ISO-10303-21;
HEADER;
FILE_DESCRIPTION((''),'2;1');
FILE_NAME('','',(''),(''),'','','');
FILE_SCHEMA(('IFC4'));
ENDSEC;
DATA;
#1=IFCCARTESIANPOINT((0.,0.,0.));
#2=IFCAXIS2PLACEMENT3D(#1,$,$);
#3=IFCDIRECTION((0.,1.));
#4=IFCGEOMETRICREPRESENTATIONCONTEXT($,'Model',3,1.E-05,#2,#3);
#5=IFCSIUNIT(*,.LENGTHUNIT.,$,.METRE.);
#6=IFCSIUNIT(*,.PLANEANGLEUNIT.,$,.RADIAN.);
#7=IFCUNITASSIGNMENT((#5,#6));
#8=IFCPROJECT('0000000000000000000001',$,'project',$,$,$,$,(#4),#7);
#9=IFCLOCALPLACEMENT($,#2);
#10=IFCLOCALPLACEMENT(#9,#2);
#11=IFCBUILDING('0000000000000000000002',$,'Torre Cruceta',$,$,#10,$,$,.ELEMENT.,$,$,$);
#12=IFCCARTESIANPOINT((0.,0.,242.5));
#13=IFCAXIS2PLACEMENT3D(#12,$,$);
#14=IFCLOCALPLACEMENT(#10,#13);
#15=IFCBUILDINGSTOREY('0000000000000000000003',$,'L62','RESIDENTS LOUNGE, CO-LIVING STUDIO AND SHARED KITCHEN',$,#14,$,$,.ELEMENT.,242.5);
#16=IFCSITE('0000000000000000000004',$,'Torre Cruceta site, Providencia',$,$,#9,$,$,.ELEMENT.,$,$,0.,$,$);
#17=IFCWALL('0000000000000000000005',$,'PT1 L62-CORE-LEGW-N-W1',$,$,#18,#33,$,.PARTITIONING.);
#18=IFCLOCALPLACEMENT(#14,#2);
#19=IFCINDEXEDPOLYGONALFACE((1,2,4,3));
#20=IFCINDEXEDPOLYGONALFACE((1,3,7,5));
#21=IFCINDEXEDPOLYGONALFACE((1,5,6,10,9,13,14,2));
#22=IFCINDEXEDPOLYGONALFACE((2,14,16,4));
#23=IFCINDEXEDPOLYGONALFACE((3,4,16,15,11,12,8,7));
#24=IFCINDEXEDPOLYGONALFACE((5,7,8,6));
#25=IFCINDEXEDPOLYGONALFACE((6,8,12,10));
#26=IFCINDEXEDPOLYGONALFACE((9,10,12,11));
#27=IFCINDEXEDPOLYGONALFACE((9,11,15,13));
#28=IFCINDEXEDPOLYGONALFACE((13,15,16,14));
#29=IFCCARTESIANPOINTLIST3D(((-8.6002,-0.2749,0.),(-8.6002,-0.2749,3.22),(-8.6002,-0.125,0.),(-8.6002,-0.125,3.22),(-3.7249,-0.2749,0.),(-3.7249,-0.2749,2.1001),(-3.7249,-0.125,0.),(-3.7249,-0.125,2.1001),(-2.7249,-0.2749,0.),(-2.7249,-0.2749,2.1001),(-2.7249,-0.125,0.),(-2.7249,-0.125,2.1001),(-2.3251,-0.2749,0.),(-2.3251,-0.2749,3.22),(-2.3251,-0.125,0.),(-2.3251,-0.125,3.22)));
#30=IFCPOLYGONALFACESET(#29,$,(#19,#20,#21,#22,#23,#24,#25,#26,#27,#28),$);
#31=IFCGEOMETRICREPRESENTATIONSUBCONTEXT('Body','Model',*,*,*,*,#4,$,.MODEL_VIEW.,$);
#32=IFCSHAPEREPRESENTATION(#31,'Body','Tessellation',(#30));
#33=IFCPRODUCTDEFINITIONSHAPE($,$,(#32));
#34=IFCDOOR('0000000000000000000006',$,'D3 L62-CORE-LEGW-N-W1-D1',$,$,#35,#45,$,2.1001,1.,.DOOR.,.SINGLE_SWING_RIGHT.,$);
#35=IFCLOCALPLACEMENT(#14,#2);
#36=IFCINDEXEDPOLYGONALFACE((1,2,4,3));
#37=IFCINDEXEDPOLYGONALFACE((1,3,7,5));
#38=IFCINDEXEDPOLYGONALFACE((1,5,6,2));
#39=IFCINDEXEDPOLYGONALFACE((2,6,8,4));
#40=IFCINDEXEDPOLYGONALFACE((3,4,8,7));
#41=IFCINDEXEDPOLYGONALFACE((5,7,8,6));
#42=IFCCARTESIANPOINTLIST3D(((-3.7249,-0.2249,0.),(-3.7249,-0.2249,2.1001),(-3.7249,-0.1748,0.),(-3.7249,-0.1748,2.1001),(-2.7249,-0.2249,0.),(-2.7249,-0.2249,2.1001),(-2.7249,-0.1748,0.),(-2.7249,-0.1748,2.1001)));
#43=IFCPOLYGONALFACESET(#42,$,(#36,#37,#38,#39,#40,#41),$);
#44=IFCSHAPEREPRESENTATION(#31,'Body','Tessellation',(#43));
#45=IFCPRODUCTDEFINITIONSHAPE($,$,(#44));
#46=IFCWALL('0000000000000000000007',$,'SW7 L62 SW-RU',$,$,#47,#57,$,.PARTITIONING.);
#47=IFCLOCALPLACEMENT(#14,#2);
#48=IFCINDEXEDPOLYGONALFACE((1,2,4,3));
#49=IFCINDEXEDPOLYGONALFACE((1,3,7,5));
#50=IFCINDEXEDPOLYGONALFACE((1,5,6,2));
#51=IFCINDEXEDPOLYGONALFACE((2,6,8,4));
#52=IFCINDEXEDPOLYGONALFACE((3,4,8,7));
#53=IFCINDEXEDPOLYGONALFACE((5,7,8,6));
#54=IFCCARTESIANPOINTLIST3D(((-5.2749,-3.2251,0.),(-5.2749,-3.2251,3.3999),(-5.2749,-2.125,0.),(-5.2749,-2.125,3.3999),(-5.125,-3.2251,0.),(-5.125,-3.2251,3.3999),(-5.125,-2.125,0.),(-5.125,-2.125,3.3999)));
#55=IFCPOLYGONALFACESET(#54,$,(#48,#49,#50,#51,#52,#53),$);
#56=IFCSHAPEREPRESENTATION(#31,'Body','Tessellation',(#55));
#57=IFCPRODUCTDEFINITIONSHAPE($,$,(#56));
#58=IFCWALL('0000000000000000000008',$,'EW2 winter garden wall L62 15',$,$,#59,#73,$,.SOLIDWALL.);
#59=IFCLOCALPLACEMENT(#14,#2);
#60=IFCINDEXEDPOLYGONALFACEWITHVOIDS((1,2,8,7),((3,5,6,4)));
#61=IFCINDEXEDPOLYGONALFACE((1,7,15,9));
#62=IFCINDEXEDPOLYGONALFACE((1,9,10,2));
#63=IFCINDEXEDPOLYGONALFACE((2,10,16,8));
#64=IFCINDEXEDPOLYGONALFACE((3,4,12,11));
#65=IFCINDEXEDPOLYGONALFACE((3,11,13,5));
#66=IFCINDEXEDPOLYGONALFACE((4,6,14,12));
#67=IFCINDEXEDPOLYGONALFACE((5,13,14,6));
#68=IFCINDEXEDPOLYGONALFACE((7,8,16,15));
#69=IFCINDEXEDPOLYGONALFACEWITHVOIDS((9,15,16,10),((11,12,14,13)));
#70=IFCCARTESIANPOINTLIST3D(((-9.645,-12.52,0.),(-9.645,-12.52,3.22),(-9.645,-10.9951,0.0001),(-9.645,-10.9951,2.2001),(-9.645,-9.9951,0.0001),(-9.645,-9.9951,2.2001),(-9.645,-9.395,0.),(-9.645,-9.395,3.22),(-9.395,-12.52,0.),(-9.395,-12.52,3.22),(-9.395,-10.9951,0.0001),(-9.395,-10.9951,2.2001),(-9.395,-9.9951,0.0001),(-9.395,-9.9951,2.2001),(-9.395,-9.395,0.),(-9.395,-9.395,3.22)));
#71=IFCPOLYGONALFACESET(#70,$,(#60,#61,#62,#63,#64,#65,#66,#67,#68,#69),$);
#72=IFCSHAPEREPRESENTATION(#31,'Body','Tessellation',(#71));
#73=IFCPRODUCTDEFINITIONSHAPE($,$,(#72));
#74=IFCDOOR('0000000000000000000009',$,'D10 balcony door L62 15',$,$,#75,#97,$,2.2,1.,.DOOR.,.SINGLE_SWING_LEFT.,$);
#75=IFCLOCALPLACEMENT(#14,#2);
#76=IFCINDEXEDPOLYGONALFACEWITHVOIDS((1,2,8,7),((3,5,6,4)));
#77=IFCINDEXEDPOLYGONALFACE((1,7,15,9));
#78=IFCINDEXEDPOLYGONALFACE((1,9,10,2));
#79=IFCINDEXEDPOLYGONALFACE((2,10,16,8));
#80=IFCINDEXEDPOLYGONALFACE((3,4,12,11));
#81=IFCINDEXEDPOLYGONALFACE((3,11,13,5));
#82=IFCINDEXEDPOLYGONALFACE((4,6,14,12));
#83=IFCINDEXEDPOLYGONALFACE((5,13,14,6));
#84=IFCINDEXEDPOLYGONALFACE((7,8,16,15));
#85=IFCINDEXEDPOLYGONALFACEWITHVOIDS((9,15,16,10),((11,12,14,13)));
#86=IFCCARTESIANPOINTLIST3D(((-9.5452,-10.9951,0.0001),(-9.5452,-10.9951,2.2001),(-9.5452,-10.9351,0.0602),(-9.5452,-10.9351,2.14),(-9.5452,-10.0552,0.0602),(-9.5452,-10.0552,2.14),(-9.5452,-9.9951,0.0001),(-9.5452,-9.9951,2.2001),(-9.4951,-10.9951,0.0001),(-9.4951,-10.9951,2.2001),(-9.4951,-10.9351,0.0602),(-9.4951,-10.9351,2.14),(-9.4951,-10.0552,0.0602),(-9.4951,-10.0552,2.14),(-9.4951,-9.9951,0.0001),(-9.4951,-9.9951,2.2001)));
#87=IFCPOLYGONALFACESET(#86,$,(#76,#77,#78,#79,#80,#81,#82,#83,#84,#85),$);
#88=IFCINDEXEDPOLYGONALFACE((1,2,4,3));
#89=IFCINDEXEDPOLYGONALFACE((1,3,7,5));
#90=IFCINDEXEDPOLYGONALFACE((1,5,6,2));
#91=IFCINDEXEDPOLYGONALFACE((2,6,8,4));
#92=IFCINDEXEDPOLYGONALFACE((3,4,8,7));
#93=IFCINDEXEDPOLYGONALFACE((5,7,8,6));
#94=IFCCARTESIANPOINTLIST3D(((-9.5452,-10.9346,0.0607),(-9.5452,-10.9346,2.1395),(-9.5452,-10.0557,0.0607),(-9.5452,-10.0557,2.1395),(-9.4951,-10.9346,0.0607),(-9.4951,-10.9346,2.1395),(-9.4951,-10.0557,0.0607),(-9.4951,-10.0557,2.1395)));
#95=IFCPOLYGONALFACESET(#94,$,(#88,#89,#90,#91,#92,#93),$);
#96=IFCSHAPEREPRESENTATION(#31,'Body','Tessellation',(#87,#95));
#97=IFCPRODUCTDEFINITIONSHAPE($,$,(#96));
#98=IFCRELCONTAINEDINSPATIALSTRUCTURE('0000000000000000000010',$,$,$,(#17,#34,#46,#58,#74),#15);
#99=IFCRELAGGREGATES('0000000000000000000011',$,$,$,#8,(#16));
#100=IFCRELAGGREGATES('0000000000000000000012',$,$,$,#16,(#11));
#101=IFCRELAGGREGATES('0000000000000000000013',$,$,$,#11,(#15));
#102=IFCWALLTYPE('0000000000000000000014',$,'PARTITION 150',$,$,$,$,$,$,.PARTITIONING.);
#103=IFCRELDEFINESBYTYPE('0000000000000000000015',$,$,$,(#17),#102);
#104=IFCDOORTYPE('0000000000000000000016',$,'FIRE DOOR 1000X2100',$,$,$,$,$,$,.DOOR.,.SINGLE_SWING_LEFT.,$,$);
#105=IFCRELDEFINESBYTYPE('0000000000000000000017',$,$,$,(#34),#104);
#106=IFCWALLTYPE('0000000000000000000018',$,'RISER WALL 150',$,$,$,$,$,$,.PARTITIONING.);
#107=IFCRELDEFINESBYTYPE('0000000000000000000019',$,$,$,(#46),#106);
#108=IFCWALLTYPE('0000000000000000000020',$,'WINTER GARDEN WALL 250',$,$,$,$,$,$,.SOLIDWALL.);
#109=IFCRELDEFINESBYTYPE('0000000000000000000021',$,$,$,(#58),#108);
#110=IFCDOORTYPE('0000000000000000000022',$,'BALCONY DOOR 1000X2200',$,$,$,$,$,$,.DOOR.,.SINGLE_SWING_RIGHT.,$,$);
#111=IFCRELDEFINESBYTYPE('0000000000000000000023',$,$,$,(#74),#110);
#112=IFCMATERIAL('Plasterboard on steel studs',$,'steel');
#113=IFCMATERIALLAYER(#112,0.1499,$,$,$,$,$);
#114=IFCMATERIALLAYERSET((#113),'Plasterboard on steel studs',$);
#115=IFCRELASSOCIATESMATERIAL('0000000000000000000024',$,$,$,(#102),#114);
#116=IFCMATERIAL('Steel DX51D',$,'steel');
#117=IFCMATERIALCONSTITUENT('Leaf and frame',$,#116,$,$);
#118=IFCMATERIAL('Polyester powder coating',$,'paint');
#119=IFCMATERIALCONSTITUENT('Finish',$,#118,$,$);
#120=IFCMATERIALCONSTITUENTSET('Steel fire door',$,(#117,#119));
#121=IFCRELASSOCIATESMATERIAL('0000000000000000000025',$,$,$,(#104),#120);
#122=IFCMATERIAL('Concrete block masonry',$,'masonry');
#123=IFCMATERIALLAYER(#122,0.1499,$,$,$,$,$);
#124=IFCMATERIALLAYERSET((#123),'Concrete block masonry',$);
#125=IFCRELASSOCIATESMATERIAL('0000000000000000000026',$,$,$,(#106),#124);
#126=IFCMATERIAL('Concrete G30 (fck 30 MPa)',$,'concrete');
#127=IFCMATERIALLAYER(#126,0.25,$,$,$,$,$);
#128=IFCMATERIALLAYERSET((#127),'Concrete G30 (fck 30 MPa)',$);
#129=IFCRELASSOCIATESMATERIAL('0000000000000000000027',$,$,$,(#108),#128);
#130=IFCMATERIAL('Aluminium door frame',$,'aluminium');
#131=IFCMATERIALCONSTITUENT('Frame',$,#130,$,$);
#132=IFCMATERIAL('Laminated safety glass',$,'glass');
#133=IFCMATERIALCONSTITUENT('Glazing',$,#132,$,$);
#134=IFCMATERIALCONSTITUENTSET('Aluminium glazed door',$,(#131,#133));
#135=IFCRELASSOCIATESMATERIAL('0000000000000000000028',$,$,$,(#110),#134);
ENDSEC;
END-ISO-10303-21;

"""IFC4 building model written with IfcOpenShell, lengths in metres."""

from ifc_helpers import new_model, si_unit, direction, frame, frame_2d, origin, place, context, subcontext, project, spatial, rectangle, hollow_rectangle, extrude, material, layer, layer_set, constituent, constituent_set, type_object, element, fill, save


model = new_model("IFC4")

# Units and contexts
model_context = context("Model", 3, precision=1e-05, world=origin(), true_north=direction((0.0, 1.0)))
body_context = subcontext(model_context, "Body", "Model", "MODEL_VIEW")
ifc_project = project(units=[si_unit("LENGTHUNIT", "METRE"), si_unit("PLANEANGLEUNIT", "RADIAN")], contexts=[model_context])

# Site, building, storey
site_placement = place(None, origin())
site = spatial("IfcSite", under=ifc_project, at=site_placement, Name="Torre Cruceta site, Providencia", CompositionType="ELEMENT", RefElevation=0.0)
building_placement = place(site_placement, origin())
building = spatial("IfcBuilding", under=site, at=building_placement, Name="Torre Cruceta", CompositionType="ELEMENT")
storey_placement = place(building_placement, frame((0.0, 0.0, 242.5)))
storey = spatial("IfcBuildingStorey", under=building, at=storey_placement, Name="L62", Description="RESIDENTS LOUNGE, CO-LIVING STUDIO AND SHARED KITCHEN", CompositionType="ELEMENT", Elevation=242.5)

# Wall, opening, door
ifc_material_1 = material(Name="Plasterboard on steel studs", Category="steel")
ifc_layer_1 = layer(ifc_material_1, 0.1499)
ifc_layer_set_1 = layer_set([ifc_layer_1], Name="Plasterboard on steel studs")
wall_type_1 = type_object("IfcWallType", Name="PARTITION 150", PredefinedType="PARTITIONING", material=ifc_layer_set_1)
wall_1_placement = place(storey_placement, frame((-2.325, -0.2, 0.0), z_axis=(0.0, 0.0, 1.0), x_axis=(-1.0, 0.0, 0.0)))
wall_1 = element("IfcWall", 1, at=wall_1_placement, inside=storey, type_object=wall_type_1, Name="PT1 L62-CORE-LEGW-N-W1", PredefinedType="PARTITIONING", context=body_context, shape_type="SweptSolid", body=[
    extrude(rectangle(XDim=6.2751, YDim=0.1499, at=frame_2d((3.1377, 0.0))), origin(), (0.0, 0.0, 1.0), 3.22),
])
opening_1_placement = place(wall_1_placement, frame((0.3999, 0.0, 0.0)))
opening_1 = element("IfcOpeningElement", 2, at=opening_1_placement, cuts=wall_1, PredefinedType="OPENING", context=body_context, shape_type="SweptSolid", body=[
    extrude(rectangle(XDim=1.0, YDim=2.1001, at=frame_2d((0.5, 1.05))), frame((0.0, 0.085, 0.0), z_axis=(0.0, -1.0, 0.0), x_axis=(1.0, 0.0, 0.0)), (0.0, 0.0, 1.0), 0.1699),
])
ifc_material_2 = material(Name="Steel DX51D", Category="steel")
ifc_constituent_1 = constituent(ifc_material_2, Name="Leaf and frame")
ifc_material_3 = material(Name="Polyester powder coating", Category="paint")
ifc_constituent_2 = constituent(ifc_material_3, Name="Finish")
ifc_constituent_set_1 = constituent_set(constituents=[ifc_constituent_1, ifc_constituent_2], Name="Steel fire door")
door_type_1 = type_object("IfcDoorType", Name="FIRE DOOR 1000X2100", OperationType="SINGLE_SWING_LEFT", PredefinedType="DOOR", material=ifc_constituent_set_1)
door_1_placement = place(opening_1_placement, frame((1.0, 0.0, 0.0), z_axis=(0.0, 0.0, 1.0), x_axis=(-1.0, 0.0, 0.0)))
door_1 = element("IfcDoor", 3, at=door_1_placement, inside=storey, type_object=door_type_1, Name="D3 L62-CORE-LEGW-N-W1-D1", OperationType="SINGLE_SWING_RIGHT", OverallHeight=2.1001, OverallWidth=1.0, PredefinedType="DOOR", context=body_context, shape_type="SweptSolid", body=[
    extrude(rectangle(XDim=1.0, YDim=2.1001, at=frame_2d((0.5, 1.05))), frame((0.0, 0.0251, 0.0), z_axis=(0.0, -1.0, 0.0), x_axis=(1.0, 0.0, 0.0)), (0.0, 0.0, 1.0), 0.05),
])
fill(opening_1, door_1)

# Wall
ifc_material_4 = material(Name="Concrete block masonry", Category="masonry")
ifc_layer_2 = layer(ifc_material_4, 0.1499)
ifc_layer_set_2 = layer_set([ifc_layer_2], Name="Concrete block masonry")
wall_type_2 = type_object("IfcWallType", Name="RISER WALL 150", PredefinedType="PARTITIONING", material=ifc_layer_set_2)
wall_2_placement = place(storey_placement, frame((-5.2, -2.125, 0.0), z_axis=(0.0, 0.0, 1.0), x_axis=(0.0, -1.0, 0.0)))
element("IfcWall", 4, at=wall_2_placement, inside=storey, type_object=wall_type_2, Name="SW7 L62 SW-RU", PredefinedType="PARTITIONING", context=body_context, shape_type="SweptSolid", body=[
    extrude(rectangle(XDim=1.1001, YDim=0.1499, at=frame_2d((0.55, 0.0))), origin(), (0.0, 0.0, 1.0), 3.3999),
])

# Wall, opening, door
ifc_material_5 = material(Name="Concrete G30 (fck 30 MPa)", Category="concrete")
ifc_layer_3 = layer(ifc_material_5, 0.25)
ifc_layer_set_3 = layer_set([ifc_layer_3], Name="Concrete G30 (fck 30 MPa)")
wall_type_3 = type_object("IfcWallType", Name="WINTER GARDEN WALL 250", PredefinedType="SOLIDWALL", material=ifc_layer_set_3)
wall_3_placement = place(storey_placement, frame((-9.52, -9.395, 0.0), z_axis=(0.0, 0.0, 1.0), x_axis=(0.0, -1.0, 0.0)))
wall_3 = element("IfcWall", 5, at=wall_3_placement, inside=storey, type_object=wall_type_3, Name="EW2 winter garden wall L62 15", PredefinedType="SOLIDWALL", context=body_context, shape_type="SweptSolid", body=[
    extrude(rectangle(XDim=3.125, YDim=0.25, at=frame_2d((1.5625, 0.0))), origin(), (0.0, 0.0, 1.0), 3.22),
])
opening_2_placement = place(wall_3_placement, frame((0.6001, 0.0, 0.0)))
opening_2 = element("IfcOpeningElement", 6, at=opening_2_placement, cuts=wall_3, PredefinedType="OPENING", context=body_context, shape_type="SweptSolid", body=[
    extrude(rectangle(XDim=1.0, YDim=2.2, at=frame_2d((0.5, 1.1001))), frame((0.0, 0.135, 0.0), z_axis=(0.0, -1.0, 0.0), x_axis=(1.0, 0.0, 0.0)), (0.0, 0.0, 1.0), 0.27),
])
ifc_material_6 = material(Name="Aluminium door frame", Category="aluminium")
ifc_constituent_3 = constituent(ifc_material_6, Name="Frame")
ifc_material_7 = material(Name="Laminated safety glass", Category="glass")
ifc_constituent_4 = constituent(ifc_material_7, Name="Glazing")
ifc_constituent_set_2 = constituent_set(constituents=[ifc_constituent_3, ifc_constituent_4], Name="Aluminium glazed door")
door_type_2 = type_object("IfcDoorType", Name="BALCONY DOOR 1000X2200", OperationType="SINGLE_SWING_RIGHT", PredefinedType="DOOR", material=ifc_constituent_set_2)
door_2_placement = place(opening_2_placement, origin())
door_2 = element("IfcDoor", 7, at=door_2_placement, inside=storey, type_object=door_type_2, Name="D10 balcony door L62 15", OperationType="SINGLE_SWING_LEFT", OverallHeight=2.2, OverallWidth=1.0, PredefinedType="DOOR", context=body_context, shape_type="SweptSolid", body=[
    extrude(hollow_rectangle(XDim=1.0, YDim=2.2, WallThickness=0.0601, at=frame_2d((0.5, 1.1001))), frame((0.0, 0.0249, 0.0), z_axis=(0.0, -1.0, 0.0), x_axis=(1.0, 0.0, 0.0)), (0.0, 0.0, 1.0), 0.05),
    extrude(rectangle(XDim=0.8789, YDim=2.0789, at=frame_2d((0.5, 1.1001))), frame((0.0, 0.0249, 0.0), z_axis=(0.0, -1.0, 0.0), x_axis=(1.0, 0.0, 0.0)), (0.0, 0.0, 1.0), 0.05),
])
fill(opening_2, door_2)

save(model, "model.ifc")
